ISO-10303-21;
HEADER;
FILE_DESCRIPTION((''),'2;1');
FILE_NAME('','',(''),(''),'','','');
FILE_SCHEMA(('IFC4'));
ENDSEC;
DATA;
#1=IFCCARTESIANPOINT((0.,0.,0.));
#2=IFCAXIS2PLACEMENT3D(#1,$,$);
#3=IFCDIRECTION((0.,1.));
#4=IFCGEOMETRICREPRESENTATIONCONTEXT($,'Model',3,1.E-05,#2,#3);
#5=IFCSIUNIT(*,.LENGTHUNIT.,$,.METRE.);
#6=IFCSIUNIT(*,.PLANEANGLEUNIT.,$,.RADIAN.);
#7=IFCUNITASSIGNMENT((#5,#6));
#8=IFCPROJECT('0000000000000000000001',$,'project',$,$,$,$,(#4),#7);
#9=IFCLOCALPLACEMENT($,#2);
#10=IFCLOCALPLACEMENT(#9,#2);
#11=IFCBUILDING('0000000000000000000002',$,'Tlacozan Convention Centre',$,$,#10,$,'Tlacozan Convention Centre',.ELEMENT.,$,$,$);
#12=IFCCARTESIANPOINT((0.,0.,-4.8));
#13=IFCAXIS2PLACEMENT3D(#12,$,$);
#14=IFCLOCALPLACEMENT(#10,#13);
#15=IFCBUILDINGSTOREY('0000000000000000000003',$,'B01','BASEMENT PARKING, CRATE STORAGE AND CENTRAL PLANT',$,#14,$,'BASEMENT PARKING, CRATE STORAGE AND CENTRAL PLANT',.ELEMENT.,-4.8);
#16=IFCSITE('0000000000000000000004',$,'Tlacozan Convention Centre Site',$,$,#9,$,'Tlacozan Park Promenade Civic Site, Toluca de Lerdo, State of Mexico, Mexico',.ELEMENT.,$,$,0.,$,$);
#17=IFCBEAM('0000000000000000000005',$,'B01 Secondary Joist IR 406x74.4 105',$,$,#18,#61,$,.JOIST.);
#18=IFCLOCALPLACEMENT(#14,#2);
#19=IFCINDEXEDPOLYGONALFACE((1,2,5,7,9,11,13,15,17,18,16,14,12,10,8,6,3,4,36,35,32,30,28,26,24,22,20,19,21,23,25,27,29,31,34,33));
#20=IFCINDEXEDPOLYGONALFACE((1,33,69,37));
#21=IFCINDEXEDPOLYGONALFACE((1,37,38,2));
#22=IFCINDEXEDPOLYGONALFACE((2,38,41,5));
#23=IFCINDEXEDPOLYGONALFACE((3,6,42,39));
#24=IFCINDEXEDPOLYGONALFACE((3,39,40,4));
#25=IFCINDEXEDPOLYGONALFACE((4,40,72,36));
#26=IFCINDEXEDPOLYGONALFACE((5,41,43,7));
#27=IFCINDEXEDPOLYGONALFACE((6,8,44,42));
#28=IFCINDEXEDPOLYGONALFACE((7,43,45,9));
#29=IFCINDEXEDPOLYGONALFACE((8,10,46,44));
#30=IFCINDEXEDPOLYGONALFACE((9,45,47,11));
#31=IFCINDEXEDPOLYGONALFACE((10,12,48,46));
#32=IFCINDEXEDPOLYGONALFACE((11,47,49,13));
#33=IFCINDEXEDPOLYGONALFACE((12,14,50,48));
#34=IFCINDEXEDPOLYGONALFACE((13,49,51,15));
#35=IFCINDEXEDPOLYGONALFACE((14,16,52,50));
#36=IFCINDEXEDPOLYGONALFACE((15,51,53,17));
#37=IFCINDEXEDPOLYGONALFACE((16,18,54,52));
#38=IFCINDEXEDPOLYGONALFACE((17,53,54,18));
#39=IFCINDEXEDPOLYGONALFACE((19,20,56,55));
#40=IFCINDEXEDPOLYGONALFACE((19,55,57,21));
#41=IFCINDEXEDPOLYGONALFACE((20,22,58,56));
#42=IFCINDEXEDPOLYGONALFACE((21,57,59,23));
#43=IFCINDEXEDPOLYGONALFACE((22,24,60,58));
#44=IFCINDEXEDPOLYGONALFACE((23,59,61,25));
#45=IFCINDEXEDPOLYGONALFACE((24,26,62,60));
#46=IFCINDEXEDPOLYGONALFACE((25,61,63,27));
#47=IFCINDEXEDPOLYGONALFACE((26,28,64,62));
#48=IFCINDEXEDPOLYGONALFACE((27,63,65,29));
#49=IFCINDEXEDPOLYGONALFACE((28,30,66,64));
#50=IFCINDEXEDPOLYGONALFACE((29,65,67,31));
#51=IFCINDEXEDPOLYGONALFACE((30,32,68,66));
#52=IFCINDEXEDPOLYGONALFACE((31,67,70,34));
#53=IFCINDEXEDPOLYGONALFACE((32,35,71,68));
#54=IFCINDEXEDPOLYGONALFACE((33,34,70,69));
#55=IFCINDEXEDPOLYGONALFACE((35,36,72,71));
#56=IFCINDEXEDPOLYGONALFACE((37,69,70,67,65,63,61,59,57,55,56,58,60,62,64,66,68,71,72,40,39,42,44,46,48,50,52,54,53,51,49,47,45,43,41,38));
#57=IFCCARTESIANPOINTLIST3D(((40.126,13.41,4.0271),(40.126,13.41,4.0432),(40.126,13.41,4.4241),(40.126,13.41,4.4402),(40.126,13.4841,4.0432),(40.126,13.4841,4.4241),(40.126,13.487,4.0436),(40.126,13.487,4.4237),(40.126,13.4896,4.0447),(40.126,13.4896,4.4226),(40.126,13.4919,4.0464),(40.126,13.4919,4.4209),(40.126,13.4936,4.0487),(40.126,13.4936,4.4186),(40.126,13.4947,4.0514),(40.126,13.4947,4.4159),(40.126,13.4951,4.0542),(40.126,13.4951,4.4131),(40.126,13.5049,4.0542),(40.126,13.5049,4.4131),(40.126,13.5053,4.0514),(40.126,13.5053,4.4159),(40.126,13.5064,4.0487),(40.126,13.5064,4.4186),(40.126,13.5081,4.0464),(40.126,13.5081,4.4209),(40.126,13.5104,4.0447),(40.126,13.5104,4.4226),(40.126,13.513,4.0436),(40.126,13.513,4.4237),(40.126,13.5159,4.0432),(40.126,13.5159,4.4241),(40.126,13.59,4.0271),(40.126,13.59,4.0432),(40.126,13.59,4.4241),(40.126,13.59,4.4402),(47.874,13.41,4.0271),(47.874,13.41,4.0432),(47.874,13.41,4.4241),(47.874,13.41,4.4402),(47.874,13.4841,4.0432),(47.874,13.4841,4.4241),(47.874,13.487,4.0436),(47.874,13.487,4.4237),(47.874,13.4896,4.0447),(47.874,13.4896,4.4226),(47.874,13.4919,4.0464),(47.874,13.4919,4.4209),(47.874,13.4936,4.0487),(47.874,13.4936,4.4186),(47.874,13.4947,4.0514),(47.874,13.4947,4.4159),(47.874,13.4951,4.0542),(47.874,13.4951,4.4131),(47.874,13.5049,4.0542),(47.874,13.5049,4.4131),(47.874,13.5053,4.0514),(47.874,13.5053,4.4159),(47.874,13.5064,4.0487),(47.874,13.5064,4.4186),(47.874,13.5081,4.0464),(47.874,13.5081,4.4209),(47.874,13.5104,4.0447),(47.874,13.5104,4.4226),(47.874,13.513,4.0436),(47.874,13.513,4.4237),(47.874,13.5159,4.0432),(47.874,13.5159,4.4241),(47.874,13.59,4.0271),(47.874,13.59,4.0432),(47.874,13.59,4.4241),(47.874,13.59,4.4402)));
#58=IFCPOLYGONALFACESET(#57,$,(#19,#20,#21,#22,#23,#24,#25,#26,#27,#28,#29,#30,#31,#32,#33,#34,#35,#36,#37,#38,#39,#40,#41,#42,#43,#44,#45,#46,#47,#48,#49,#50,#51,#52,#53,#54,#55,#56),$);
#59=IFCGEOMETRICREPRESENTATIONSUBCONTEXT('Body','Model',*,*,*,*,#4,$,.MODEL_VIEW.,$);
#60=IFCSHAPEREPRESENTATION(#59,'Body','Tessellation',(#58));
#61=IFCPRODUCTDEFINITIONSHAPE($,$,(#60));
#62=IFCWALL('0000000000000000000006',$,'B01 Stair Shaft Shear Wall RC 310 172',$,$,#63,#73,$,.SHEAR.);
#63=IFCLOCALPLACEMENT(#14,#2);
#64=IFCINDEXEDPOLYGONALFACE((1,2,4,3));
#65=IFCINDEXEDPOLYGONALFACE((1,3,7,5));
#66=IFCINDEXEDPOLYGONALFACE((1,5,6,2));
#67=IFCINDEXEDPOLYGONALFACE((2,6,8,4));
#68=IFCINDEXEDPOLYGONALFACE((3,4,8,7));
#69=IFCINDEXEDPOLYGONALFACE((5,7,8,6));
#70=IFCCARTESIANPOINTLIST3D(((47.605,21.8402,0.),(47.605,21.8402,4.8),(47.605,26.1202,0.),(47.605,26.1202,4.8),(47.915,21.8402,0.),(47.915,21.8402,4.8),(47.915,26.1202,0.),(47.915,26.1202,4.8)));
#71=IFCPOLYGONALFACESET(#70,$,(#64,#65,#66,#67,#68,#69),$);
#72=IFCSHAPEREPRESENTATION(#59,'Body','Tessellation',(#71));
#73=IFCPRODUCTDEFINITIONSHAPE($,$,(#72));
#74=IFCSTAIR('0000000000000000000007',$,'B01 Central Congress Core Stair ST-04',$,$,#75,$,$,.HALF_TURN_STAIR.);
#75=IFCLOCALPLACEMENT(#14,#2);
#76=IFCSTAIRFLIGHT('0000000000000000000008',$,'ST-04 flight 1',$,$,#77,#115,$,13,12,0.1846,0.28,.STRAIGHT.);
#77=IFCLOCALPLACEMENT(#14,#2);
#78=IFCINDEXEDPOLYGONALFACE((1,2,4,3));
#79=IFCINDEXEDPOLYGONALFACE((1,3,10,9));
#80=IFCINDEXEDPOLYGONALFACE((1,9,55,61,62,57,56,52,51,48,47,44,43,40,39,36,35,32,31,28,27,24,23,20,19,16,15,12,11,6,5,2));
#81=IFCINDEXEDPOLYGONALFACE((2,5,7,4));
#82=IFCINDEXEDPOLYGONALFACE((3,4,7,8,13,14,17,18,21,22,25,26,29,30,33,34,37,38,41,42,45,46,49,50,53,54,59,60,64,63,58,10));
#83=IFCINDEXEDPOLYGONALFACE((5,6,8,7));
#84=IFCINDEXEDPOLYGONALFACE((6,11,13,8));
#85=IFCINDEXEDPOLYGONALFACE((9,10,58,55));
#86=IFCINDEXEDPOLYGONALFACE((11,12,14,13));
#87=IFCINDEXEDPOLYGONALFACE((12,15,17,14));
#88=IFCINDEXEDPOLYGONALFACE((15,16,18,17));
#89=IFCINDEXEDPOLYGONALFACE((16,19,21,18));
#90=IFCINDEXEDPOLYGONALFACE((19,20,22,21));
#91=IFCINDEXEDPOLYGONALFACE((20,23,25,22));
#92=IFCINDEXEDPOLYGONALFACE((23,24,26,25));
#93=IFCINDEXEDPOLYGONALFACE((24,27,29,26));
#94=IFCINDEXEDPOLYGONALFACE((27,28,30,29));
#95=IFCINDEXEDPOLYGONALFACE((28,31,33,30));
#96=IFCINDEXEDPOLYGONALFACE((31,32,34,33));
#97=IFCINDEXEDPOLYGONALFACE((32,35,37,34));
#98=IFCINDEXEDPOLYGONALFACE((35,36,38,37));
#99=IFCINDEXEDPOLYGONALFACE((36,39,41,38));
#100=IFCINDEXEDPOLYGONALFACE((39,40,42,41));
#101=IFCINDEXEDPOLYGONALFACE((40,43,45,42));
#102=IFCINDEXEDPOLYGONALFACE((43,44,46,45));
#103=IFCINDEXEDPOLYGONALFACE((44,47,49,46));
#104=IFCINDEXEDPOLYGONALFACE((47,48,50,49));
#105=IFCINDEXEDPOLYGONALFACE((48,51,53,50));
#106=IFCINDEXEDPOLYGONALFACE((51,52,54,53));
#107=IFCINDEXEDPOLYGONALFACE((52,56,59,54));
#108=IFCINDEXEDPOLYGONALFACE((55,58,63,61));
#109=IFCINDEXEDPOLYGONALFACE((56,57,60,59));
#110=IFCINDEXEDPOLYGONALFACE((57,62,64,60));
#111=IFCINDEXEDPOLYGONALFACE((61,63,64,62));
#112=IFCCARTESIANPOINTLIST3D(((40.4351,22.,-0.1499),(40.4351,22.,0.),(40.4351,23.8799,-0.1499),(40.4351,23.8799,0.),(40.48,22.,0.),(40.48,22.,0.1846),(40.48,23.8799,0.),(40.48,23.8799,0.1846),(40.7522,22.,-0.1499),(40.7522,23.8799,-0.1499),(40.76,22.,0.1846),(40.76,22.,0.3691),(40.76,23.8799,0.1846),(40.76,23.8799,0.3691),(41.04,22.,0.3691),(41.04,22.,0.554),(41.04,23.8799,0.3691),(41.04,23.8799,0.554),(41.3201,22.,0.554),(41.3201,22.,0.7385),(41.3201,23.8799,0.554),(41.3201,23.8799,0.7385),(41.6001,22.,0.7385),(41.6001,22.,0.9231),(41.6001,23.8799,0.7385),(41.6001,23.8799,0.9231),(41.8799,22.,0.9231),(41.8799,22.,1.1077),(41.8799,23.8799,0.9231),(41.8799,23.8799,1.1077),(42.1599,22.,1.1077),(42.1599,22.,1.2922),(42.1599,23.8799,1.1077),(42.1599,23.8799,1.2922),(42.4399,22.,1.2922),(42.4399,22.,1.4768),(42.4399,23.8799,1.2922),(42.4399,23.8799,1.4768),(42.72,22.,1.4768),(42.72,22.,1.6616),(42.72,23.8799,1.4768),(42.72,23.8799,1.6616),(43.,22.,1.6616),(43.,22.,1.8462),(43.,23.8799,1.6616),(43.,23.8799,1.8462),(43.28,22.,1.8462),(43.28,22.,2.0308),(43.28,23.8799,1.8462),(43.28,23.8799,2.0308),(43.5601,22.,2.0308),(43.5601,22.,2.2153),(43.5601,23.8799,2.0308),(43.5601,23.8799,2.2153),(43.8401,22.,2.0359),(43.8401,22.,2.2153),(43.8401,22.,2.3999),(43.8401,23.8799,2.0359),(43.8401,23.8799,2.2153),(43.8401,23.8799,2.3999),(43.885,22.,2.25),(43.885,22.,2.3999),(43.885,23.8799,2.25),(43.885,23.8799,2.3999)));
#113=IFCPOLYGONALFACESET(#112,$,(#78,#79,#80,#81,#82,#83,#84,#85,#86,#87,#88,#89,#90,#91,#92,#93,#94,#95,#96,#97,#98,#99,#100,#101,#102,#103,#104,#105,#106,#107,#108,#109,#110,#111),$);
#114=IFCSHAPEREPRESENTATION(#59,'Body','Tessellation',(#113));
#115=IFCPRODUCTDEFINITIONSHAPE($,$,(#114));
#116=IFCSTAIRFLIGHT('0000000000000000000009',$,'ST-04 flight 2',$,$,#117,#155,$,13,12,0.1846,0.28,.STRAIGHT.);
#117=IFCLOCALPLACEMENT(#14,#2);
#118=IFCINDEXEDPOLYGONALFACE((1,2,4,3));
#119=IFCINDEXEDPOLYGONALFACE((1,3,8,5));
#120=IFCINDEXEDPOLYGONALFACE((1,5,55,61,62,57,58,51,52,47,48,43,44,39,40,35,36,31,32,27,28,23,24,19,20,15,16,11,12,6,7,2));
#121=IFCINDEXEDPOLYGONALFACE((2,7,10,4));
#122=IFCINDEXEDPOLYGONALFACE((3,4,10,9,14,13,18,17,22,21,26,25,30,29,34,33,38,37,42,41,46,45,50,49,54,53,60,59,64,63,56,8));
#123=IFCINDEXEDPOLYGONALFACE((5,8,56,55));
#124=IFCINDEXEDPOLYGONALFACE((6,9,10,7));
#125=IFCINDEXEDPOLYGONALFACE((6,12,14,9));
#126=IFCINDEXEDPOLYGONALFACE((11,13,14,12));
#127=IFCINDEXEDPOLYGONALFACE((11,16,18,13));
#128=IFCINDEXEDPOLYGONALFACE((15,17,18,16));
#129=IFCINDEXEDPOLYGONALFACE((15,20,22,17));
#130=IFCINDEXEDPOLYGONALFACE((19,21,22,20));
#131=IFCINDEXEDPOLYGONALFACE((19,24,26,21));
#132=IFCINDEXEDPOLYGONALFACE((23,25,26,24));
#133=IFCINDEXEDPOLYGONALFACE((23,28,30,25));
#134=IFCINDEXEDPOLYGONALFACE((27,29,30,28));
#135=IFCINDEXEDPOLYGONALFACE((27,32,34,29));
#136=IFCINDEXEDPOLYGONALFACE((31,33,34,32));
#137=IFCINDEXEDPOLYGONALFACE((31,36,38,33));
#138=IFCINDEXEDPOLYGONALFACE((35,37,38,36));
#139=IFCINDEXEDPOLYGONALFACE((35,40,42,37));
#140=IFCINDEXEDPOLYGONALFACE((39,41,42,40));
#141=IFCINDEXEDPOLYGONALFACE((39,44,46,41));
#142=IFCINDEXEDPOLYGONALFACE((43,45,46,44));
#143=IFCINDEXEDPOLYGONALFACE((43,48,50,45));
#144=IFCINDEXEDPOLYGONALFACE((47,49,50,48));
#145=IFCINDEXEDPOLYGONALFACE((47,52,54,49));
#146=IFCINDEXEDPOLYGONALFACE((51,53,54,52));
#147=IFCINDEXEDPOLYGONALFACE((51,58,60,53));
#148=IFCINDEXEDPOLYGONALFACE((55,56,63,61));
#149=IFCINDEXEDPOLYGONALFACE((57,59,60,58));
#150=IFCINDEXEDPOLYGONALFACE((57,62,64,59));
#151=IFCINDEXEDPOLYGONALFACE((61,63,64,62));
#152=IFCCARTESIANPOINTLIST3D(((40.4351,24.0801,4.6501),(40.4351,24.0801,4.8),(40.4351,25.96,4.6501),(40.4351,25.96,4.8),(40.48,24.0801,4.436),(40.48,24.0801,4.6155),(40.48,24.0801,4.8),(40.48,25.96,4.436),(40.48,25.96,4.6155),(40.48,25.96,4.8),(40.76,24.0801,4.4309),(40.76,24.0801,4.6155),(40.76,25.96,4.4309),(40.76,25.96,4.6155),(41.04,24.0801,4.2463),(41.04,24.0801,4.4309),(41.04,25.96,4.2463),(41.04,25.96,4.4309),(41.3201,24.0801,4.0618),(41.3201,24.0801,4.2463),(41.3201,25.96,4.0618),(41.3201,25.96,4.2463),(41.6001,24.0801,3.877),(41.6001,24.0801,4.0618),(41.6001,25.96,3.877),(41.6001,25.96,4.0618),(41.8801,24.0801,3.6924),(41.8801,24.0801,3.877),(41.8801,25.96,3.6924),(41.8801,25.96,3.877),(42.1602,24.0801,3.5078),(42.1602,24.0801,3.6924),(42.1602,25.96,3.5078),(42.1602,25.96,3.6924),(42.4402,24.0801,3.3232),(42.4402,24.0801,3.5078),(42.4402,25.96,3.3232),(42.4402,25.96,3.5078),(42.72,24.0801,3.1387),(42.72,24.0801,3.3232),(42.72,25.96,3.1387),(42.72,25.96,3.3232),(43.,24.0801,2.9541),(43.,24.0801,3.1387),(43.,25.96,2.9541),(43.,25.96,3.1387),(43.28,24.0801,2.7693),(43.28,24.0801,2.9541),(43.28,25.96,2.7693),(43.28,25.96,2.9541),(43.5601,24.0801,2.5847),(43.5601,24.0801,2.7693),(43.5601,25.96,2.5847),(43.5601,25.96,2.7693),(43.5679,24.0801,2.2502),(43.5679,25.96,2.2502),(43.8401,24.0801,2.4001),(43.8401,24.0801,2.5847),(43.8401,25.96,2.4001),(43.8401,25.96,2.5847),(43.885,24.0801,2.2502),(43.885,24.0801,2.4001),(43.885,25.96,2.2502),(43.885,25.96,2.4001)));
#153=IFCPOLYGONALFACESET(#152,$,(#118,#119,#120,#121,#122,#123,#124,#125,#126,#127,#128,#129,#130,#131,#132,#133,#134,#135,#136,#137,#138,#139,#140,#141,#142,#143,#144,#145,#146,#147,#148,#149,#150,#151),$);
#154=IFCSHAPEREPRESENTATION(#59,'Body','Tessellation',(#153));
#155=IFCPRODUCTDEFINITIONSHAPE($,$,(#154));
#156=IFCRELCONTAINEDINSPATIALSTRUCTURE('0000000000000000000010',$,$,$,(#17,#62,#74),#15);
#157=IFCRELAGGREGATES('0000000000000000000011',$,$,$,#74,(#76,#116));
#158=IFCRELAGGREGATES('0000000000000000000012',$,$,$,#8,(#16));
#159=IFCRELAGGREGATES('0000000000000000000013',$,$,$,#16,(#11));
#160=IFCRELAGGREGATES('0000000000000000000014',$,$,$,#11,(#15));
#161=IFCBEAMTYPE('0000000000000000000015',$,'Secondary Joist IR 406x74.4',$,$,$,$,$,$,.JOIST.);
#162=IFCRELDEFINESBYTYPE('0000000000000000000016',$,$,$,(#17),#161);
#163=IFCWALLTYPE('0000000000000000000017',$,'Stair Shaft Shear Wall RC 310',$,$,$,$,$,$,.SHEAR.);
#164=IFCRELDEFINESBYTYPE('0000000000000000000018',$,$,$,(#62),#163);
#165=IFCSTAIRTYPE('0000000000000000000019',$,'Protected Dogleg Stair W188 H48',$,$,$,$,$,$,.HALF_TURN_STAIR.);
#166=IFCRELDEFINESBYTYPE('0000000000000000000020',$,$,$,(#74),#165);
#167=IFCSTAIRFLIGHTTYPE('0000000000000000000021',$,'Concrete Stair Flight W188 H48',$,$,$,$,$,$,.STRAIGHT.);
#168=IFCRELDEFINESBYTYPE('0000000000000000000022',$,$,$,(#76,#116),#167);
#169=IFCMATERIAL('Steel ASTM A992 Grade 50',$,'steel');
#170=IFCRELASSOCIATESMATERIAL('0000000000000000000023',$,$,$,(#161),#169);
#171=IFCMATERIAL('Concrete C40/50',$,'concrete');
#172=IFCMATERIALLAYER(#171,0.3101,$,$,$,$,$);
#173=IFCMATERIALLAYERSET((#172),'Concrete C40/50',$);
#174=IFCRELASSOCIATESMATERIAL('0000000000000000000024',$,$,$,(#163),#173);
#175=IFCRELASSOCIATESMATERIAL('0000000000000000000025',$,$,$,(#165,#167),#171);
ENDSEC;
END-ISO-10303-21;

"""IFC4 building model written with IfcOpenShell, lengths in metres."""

from ifc_helpers import new_model, si_unit, direction, frame, frame_2d, origin, origin_2d, place, context, subcontext, project, spatial, polyline, rectangle, i_section, outline, extrude, material, layer, layer_set, material_profile, profile_set, type_object, element, aggregate, save


model = new_model("IFC4")

# Units and contexts
model_context = context("Model", 3, precision=1e-05, world=origin(), true_north=direction((0.0, 1.0)))
body_context = subcontext(model_context, "Body", "Model", "MODEL_VIEW")
ifc_project = project(units=[si_unit("LENGTHUNIT", "METRE"), si_unit("PLANEANGLEUNIT", "RADIAN")], contexts=[model_context])

# Site, building, storey
site_placement = place(None, origin())
site = spatial("IfcSite", under=ifc_project, at=site_placement, Name="Tlacozan Convention Centre Site", LongName="Tlacozan Park Promenade Civic Site, Toluca de Lerdo, State of Mexico, Mexico", CompositionType="ELEMENT", RefElevation=0.0)
building_placement = place(site_placement, origin())
building = spatial("IfcBuilding", under=site, at=building_placement, Name="Tlacozan Convention Centre", LongName="Tlacozan Convention Centre", CompositionType="ELEMENT")
storey_placement = place(building_placement, frame((0.0, 0.0, -4.8)))
storey = spatial("IfcBuildingStorey", under=building, at=storey_placement, Name="B01", Description="BASEMENT PARKING, CRATE STORAGE AND CENTRAL PLANT", LongName="BASEMENT PARKING, CRATE STORAGE AND CENTRAL PLANT", CompositionType="ELEMENT", Elevation=-4.8)

# Shared definitions
ifc_material_1 = material(Name="Concrete C40/50", Category="concrete")

# Beam
ifc_material_2 = material(Name="Steel ASTM A992 Grade 50", Category="steel")
ifc_material_profile_1 = material_profile(ifc_material_2, i_section(OverallWidth=0.1799, OverallDepth=0.4131, WebThickness=0.0098, FlangeThickness=0.0161, FilletRadius=0.011, at=origin_2d()), Name="IR 406x74.4")
ifc_profile_set_1 = profile_set([ifc_material_profile_1], Name="Steel ASTM A992 Grade 50")
beam_type_1 = type_object("IfcBeamType", Name="Secondary Joist IR 406x74.4", PredefinedType="JOIST", material=ifc_profile_set_1)
beam_1_placement = place(storey_placement, frame((40.126, 13.5, 4.2336), z_axis=(1.0, 0.0, 0.0), x_axis=(0.0, 1.0, 0.0)))
element("IfcBeam", 1, at=beam_1_placement, inside=storey, type_object=beam_type_1, Name="B01 Secondary Joist IR 406x74.4 105", PredefinedType="JOIST", context=body_context, shape_type="SweptSolid", body=[
    extrude(i_section(OverallWidth=0.1799, OverallDepth=0.4131, WebThickness=0.0098, FlangeThickness=0.0161, FilletRadius=0.011, at=origin_2d()), origin(), (0.0, 0.0, 1.0), 7.748),
])

# Wall
ifc_layer_1 = layer(ifc_material_1, 0.3101)
ifc_layer_set_1 = layer_set([ifc_layer_1], Name="Concrete C40/50")
wall_type = type_object("IfcWallType", Name="Stair Shaft Shear Wall RC 310", PredefinedType="SHEAR", material=ifc_layer_set_1)
wall_placement = place(storey_placement, frame((47.76, 21.8401, 0.0), z_axis=(0.0, 0.0, 1.0), x_axis=(0.0, 1.0, 0.0)))
element("IfcWall", 2, at=wall_placement, inside=storey, type_object=wall_type, Name="B01 Stair Shaft Shear Wall RC 310 172", PredefinedType="SHEAR", context=body_context, shape_type="SweptSolid", body=[
    extrude(rectangle(XDim=4.28, YDim=0.3101, at=frame_2d((2.1401, 0.0))), origin(), (0.0, 0.0, 1.0), 4.8),
])

# Stair, stair flights
stair_type = type_object("IfcStairType", Name="Protected Dogleg Stair W188 H48", PredefinedType="HALF_TURN_STAIR", material=ifc_material_1)
stair_placement = place(storey_placement, origin())
stair = element("IfcStair", 3, at=stair_placement, inside=storey, type_object=stair_type, Name="B01 Central Congress Core Stair ST-04", PredefinedType="HALF_TURN_STAIR")
stair_flight_type = type_object("IfcStairFlightType", Name="Concrete Stair Flight W188 H48", PredefinedType="STRAIGHT", material=ifc_material_1)
stair_flight_1_placement = place(storey_placement, frame((40.48, 22.9399, 0.0), z_axis=(0.0, 0.0, 1.0), x_axis=(1.0, 0.0, 0.0)))
stair_flight_1 = element("IfcStairFlight", 4, at=stair_flight_1_placement, type_object=stair_flight_type, Name="ST-04 flight 1", NumberOfRisers=13, NumberOfTreads=12, PredefinedType="STRAIGHT", RiserHeight=0.1846, TreadLength=0.28, context=body_context, shape_type="SweptSolid", body=[
    extrude(outline(polyline([(-0.0449, -0.1499), (-0.0449, 0.0), (0.0, 0.0), (0.0, 0.1846), (0.28, 0.1846), (0.28, 0.3691), (0.5601, 0.3691), (0.5601, 0.554), (0.8401, 0.554), (0.8401, 0.7385), (1.1201, 0.7385), (1.1201, 0.9231), (1.3999, 0.9231), (1.3999, 1.1077), (1.6799, 1.1077), (1.6799, 1.2922), (1.96, 1.2922), (1.96, 1.4768), (2.24, 1.4768), (2.24, 1.6616), (2.52, 1.6616), (2.52, 1.8462), (2.8, 1.8462), (2.8, 2.0308), (3.0801, 2.0308), (3.0801, 2.2153), (3.3601, 2.2153), (3.3601, 2.3999), (3.405, 2.3999), (3.405, 2.25), (3.3601, 2.0359), (0.2722, -0.1499), (-0.0449, -0.1499)])), frame((0.0, 0.9399, 0.0), z_axis=(0.0, -1.0, 0.0), x_axis=(1.0, 0.0, 0.0)), (0.0, 0.0, 1.0), 1.8799),
])
stair_flight_2_placement = place(storey_placement, frame((43.8401, 25.02, 2.4001), z_axis=(0.0, 0.0, 1.0), x_axis=(-1.0, 0.0, 0.0)))
stair_flight_2 = element("IfcStairFlight", 5, at=stair_flight_2_placement, type_object=stair_flight_type, Name="ST-04 flight 2", NumberOfRisers=13, NumberOfTreads=12, PredefinedType="STRAIGHT", RiserHeight=0.1846, TreadLength=0.28, context=body_context, shape_type="SweptSolid", body=[
    extrude(outline(polyline([(-0.0449, -0.1499), (-0.0449, 0.0), (0.0, 0.0), (0.0, 0.1846), (0.28, 0.1846), (0.28, 0.3691), (0.5601, 0.3691), (0.5601, 0.554), (0.8401, 0.554), (0.8401, 0.7385), (1.1201, 0.7385), (1.1201, 0.9231), (1.3999, 0.9231), (1.3999, 1.1077), (1.6799, 1.1077), (1.6799, 1.2922), (1.96, 1.2922), (1.96, 1.4768), (2.24, 1.4768), (2.24, 1.6616), (2.52, 1.6616), (2.52, 1.8462), (2.8, 1.8462), (2.8, 2.0308), (3.0801, 2.0308), (3.0801, 2.2153), (3.3601, 2.2153), (3.3601, 2.3999), (3.405, 2.3999), (3.405, 2.25), (3.3601, 2.0359), (0.2722, -0.1499), (-0.0449, -0.1499)])), frame((0.0, 0.9399, 0.0), z_axis=(0.0, -1.0, 0.0), x_axis=(1.0, 0.0, 0.0)), (0.0, 0.0, 1.0), 1.8799),
])
aggregate(stair, [stair_flight_1, stair_flight_2])

save(model, "model.ifc")
